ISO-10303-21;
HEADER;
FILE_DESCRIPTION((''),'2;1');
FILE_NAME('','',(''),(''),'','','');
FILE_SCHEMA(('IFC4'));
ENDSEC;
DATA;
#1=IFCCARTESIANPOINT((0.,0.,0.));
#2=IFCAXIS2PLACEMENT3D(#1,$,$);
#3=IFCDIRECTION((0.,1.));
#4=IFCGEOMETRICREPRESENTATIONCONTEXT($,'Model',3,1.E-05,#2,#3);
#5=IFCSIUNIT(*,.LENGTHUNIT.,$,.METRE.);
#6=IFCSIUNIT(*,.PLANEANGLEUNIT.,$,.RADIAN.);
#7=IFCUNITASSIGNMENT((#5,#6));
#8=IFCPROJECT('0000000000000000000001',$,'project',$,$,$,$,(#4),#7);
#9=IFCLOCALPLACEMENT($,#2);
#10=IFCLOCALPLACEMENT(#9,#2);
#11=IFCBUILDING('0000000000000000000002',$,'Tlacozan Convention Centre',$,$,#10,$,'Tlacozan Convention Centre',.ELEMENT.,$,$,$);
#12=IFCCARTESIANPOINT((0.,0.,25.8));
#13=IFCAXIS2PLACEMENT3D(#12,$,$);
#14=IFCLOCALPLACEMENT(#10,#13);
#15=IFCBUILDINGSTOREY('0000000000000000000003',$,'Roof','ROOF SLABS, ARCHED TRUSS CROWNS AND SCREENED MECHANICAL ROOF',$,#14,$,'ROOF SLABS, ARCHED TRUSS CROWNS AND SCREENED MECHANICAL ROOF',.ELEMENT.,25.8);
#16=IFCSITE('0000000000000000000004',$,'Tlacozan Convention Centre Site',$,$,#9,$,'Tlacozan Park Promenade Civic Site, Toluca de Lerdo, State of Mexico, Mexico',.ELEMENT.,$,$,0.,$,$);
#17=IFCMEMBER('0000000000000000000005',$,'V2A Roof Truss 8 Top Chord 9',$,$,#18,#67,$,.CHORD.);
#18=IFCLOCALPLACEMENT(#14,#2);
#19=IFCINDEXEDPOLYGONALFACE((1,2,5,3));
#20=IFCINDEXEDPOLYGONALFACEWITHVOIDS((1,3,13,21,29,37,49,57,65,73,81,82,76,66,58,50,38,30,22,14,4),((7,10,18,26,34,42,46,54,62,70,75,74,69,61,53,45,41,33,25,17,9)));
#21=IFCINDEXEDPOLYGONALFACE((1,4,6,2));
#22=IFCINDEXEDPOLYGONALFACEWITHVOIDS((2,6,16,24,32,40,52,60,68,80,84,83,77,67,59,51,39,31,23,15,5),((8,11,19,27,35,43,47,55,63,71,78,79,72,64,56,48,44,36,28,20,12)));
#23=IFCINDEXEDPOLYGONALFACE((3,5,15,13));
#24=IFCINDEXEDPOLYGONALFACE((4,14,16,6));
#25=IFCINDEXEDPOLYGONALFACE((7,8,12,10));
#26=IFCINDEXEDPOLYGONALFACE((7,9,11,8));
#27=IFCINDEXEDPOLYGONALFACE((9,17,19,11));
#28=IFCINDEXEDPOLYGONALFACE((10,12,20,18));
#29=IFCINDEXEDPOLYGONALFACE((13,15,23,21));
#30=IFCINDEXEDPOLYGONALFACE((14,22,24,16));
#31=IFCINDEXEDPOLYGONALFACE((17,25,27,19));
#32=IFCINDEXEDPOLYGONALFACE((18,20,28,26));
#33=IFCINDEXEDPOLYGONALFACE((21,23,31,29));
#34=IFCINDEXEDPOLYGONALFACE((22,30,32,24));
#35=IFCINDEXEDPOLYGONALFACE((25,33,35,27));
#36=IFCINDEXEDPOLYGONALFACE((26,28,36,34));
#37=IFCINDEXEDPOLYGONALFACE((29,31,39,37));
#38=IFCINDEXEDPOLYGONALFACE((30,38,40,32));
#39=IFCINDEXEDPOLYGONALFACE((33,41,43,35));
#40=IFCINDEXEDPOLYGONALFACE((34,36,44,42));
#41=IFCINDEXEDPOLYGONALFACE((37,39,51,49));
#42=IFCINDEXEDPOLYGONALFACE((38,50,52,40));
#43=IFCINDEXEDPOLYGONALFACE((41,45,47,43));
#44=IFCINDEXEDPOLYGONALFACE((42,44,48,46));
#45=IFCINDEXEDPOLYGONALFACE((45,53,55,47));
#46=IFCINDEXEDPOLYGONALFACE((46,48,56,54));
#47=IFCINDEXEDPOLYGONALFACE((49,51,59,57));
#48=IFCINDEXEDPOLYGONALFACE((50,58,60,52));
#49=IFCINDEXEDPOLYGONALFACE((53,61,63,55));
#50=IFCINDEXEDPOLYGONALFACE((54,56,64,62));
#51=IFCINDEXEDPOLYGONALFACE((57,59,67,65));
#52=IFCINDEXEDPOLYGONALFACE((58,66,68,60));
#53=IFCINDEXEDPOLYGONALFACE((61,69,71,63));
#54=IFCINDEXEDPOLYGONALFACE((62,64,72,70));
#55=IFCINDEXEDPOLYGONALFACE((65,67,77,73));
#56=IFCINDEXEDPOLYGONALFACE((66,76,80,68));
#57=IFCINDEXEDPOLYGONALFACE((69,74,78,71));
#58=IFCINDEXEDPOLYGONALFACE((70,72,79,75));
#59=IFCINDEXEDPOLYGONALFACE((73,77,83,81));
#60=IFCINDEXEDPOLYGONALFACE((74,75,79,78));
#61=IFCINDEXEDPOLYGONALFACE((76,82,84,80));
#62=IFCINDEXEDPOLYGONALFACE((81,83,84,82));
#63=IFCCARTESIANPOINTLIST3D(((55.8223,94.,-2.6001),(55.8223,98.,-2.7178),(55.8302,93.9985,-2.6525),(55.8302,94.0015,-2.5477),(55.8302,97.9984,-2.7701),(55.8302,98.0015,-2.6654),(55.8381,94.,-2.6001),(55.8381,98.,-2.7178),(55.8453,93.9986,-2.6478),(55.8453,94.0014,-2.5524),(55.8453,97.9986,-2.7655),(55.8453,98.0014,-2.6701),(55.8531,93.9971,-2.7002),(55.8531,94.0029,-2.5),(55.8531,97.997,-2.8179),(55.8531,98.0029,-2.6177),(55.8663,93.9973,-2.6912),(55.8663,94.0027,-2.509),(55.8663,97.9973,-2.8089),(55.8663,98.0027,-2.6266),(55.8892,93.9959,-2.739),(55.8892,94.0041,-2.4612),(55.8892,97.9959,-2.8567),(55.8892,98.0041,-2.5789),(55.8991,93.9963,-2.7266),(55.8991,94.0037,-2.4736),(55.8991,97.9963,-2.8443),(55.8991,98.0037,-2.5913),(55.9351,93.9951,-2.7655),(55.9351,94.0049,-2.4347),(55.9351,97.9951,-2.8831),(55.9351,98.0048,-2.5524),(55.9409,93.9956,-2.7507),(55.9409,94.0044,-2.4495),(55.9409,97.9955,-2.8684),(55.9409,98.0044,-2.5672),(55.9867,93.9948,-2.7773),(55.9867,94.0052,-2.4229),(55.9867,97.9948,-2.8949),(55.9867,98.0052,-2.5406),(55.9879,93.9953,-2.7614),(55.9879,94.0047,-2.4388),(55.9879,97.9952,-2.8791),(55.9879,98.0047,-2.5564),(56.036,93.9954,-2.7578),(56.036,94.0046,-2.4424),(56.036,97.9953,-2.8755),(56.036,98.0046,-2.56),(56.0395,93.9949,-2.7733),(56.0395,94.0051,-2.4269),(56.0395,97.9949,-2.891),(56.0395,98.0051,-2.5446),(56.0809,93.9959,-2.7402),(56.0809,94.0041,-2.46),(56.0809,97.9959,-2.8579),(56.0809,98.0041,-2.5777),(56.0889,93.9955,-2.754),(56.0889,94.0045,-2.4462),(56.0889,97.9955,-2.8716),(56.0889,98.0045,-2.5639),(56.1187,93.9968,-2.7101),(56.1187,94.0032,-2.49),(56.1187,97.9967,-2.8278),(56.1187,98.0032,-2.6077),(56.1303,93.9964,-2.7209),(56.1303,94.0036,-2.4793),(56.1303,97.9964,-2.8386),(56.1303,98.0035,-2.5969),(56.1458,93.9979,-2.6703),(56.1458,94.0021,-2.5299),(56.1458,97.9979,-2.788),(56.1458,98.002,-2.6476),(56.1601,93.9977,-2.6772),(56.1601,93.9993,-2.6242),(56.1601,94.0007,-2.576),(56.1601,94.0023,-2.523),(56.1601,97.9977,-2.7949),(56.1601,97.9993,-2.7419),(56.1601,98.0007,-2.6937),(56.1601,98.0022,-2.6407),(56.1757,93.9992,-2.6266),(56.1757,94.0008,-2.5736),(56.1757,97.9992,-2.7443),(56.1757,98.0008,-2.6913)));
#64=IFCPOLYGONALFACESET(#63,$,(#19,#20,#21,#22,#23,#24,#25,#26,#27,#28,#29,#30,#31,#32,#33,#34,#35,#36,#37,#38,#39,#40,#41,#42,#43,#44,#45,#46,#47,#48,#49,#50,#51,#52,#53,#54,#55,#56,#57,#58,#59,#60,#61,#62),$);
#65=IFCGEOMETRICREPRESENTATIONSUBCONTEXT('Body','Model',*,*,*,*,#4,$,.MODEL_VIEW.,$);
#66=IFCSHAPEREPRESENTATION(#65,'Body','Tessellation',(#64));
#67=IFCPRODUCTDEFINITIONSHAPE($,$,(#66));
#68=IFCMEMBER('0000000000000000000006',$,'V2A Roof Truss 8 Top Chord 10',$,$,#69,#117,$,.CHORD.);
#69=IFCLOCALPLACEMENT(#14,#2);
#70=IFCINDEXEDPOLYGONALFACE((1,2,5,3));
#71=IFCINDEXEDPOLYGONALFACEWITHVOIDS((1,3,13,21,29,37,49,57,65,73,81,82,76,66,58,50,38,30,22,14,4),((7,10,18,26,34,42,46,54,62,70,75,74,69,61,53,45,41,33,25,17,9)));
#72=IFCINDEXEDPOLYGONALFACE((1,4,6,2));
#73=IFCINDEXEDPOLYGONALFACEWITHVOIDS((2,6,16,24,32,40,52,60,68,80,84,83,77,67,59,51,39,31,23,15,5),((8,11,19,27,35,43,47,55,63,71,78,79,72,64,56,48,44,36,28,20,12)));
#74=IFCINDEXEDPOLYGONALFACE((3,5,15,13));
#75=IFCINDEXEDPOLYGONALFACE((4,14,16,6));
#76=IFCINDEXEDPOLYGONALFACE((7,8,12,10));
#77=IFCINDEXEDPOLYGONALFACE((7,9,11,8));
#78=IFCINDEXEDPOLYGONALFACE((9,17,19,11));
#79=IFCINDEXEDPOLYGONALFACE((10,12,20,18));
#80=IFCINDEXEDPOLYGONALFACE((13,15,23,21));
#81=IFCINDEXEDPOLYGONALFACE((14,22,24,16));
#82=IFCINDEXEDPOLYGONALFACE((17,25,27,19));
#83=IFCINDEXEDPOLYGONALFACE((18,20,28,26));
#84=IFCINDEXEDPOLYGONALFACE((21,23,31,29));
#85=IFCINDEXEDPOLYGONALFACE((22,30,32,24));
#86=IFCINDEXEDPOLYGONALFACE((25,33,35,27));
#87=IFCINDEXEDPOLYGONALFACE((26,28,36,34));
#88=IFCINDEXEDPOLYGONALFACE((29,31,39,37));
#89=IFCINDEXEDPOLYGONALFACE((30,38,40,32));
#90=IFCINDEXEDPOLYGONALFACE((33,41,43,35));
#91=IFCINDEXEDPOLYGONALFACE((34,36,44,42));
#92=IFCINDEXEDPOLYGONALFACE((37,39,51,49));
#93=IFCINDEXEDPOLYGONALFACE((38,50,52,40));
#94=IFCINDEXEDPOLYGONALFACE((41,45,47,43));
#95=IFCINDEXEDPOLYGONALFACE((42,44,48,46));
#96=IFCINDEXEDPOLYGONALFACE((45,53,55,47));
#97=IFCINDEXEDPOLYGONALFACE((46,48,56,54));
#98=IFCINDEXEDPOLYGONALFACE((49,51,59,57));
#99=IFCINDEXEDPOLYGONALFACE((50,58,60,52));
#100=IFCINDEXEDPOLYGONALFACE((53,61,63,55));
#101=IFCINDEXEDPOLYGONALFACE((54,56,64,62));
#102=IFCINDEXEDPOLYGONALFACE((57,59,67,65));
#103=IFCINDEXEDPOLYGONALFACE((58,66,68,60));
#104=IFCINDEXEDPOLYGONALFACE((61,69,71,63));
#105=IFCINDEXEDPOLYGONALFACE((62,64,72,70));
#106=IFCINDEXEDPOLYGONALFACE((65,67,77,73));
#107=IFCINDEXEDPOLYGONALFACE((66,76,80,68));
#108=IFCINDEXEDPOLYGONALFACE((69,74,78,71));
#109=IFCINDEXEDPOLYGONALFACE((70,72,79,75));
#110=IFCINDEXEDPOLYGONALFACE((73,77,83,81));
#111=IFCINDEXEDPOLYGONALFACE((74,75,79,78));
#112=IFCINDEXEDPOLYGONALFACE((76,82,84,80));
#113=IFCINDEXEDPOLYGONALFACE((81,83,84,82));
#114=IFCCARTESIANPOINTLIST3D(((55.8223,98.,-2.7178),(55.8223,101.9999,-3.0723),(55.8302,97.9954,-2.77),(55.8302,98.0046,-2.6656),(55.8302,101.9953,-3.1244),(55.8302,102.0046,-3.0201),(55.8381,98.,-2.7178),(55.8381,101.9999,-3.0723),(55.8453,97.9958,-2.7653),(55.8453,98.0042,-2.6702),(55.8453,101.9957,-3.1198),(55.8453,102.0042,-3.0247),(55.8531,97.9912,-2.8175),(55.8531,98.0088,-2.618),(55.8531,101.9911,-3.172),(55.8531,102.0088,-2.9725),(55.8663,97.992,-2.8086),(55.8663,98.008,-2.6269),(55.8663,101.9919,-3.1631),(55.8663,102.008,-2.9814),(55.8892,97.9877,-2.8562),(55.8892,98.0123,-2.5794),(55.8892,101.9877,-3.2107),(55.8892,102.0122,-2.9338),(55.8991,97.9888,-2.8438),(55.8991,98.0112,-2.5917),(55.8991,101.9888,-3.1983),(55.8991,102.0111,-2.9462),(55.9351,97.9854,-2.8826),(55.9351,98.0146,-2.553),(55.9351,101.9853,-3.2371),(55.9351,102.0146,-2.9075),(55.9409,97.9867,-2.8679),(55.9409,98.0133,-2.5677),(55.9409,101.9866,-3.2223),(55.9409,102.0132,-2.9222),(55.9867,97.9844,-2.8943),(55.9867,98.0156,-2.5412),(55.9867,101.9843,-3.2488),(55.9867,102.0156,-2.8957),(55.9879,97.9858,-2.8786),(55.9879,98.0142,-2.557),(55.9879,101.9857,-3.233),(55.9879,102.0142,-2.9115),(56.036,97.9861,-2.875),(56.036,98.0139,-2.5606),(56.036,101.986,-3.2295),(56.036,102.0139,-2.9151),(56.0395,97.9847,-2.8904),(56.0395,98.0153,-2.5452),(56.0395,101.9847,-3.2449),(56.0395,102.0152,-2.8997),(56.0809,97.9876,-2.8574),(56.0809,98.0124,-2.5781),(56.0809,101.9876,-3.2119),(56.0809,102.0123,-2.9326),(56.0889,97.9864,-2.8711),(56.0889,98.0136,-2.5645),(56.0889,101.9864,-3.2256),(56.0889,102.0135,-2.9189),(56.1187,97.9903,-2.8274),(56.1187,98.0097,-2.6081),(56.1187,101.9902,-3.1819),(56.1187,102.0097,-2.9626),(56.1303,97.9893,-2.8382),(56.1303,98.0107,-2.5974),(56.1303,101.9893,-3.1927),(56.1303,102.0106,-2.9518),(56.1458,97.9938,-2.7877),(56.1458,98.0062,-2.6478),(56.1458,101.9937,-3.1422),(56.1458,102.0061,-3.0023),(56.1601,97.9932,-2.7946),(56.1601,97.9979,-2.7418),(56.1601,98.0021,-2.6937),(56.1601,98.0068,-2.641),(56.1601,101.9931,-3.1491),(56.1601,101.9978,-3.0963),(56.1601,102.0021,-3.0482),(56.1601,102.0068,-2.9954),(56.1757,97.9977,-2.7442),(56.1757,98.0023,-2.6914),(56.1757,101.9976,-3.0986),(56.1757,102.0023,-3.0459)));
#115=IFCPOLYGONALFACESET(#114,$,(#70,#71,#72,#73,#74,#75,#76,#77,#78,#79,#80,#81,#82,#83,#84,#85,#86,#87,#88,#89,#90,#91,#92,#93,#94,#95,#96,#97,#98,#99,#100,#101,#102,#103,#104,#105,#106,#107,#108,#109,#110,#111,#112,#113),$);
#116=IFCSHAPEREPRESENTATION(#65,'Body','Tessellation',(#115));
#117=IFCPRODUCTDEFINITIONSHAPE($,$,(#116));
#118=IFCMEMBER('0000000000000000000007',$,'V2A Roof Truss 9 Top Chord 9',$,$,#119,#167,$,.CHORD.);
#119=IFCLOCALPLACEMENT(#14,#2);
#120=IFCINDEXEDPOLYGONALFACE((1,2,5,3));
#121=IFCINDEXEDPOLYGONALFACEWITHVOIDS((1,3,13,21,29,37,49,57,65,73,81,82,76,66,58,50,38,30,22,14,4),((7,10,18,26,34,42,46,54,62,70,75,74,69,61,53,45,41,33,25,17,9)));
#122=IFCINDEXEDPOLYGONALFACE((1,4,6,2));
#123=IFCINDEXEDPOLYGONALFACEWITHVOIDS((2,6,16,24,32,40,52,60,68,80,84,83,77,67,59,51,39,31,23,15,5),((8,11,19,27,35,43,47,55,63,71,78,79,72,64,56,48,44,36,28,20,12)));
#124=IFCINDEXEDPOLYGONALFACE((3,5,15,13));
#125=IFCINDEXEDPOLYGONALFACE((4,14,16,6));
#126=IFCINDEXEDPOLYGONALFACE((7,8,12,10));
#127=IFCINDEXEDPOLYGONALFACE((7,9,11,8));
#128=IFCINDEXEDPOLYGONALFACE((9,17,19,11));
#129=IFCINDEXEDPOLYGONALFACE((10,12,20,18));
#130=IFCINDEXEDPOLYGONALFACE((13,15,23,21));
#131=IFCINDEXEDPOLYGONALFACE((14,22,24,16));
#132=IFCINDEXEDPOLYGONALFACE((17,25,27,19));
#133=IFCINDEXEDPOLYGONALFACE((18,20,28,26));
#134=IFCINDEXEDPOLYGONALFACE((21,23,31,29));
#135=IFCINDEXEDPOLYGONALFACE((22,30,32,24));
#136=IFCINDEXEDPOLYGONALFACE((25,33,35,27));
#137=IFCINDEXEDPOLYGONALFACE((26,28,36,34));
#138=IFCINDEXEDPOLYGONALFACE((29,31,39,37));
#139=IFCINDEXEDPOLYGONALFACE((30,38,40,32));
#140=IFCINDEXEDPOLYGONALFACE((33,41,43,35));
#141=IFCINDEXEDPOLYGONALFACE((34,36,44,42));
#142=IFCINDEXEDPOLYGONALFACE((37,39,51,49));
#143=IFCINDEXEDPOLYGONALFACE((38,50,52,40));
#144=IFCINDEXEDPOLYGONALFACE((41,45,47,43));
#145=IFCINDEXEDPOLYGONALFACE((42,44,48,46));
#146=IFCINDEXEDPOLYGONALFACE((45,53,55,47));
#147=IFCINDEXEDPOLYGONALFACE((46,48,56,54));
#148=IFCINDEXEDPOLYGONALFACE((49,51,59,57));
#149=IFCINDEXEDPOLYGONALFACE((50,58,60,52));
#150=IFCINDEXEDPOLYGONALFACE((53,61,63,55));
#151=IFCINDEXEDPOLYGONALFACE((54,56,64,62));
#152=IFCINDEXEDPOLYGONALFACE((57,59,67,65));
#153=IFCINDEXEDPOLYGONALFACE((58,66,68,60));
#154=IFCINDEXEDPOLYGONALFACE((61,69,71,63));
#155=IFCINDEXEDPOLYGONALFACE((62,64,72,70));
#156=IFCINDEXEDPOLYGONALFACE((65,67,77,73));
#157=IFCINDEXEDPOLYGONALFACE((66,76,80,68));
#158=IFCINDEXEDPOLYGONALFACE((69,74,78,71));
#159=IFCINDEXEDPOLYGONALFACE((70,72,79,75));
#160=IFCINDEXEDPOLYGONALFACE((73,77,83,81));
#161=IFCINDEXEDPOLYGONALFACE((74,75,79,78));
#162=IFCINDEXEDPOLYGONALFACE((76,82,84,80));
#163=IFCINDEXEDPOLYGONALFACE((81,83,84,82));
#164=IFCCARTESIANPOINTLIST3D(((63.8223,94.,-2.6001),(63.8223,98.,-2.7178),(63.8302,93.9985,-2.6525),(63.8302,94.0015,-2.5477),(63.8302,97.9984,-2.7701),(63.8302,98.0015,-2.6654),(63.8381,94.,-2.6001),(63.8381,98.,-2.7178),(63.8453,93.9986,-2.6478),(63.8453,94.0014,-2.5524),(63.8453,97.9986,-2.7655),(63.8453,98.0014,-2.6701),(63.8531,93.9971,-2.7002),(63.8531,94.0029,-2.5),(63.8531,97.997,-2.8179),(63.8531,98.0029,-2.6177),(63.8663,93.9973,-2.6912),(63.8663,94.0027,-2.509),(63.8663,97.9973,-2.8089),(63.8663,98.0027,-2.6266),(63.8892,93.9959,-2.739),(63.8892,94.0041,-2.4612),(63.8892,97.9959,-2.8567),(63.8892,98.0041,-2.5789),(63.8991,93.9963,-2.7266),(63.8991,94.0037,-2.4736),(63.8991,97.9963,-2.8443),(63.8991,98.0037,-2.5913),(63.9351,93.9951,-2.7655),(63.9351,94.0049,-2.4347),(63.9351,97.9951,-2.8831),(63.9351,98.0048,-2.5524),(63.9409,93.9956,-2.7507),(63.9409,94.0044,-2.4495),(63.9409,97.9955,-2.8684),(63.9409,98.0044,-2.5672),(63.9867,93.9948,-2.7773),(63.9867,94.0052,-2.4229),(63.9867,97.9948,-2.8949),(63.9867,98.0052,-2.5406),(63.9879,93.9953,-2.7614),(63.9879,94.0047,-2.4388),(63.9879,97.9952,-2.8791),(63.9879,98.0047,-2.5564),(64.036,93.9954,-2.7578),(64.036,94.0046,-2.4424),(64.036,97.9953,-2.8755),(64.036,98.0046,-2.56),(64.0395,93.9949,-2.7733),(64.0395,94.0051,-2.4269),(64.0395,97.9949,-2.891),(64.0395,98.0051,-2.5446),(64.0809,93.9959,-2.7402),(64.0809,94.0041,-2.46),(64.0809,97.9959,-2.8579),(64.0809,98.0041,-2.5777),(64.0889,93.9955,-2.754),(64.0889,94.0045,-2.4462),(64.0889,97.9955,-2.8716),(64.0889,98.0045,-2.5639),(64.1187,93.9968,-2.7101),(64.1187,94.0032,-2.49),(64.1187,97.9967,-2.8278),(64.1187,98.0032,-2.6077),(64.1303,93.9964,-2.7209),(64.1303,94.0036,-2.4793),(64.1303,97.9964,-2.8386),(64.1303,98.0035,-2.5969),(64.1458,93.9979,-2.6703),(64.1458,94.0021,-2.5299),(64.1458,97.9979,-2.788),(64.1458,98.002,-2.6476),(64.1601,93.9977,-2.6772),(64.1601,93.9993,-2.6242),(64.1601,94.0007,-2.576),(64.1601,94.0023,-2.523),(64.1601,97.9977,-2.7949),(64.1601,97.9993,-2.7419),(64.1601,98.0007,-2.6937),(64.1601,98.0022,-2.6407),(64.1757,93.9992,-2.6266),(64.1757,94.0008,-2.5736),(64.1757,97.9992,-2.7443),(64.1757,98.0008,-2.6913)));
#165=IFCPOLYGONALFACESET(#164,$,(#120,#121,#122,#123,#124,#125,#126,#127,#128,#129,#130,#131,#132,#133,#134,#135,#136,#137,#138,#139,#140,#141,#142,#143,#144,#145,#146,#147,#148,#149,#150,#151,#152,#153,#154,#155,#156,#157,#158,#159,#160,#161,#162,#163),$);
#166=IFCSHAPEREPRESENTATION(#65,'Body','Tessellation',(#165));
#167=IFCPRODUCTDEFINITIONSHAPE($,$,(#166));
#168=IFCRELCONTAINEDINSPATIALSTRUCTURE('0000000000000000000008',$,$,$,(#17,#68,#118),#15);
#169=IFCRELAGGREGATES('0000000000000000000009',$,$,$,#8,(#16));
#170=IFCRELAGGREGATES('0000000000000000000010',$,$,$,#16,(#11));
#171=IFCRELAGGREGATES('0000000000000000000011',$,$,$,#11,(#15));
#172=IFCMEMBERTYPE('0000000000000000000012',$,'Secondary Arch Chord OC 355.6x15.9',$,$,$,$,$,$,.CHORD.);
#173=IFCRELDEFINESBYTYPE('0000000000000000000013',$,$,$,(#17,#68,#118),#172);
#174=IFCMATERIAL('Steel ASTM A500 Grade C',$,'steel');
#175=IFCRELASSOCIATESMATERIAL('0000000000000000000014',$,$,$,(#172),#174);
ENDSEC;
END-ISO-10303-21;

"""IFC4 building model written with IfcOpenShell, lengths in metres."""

from ifc_helpers import new_model, si_unit, direction, frame, origin, origin_2d, place, context, subcontext, project, spatial, hollow_circle, extrude, material, material_profile, profile_set, type_object, element, save


model = new_model("IFC4")

# Units and contexts
model_context = context("Model", 3, precision=1e-05, world=origin(), true_north=direction((0.0, 1.0)))
body_context = subcontext(model_context, "Body", "Model", "MODEL_VIEW")
ifc_project = project(units=[si_unit("LENGTHUNIT", "METRE"), si_unit("PLANEANGLEUNIT", "RADIAN")], contexts=[model_context])

# Site, building, storey
site_placement = place(None, origin())
site = spatial("IfcSite", under=ifc_project, at=site_placement, Name="Tlacozan Convention Centre Site", LongName="Tlacozan Park Promenade Civic Site, Toluca de Lerdo, State of Mexico, Mexico", CompositionType="ELEMENT", RefElevation=0.0)
building_placement = place(site_placement, origin())
building = spatial("IfcBuilding", under=site, at=building_placement, Name="Tlacozan Convention Centre", LongName="Tlacozan Convention Centre", CompositionType="ELEMENT")
storey_placement = place(building_placement, frame((0.0, 0.0, 25.8)))
storey = spatial("IfcBuildingStorey", under=building, at=storey_placement, Name="Roof", Description="ROOF SLABS, ARCHED TRUSS CROWNS AND SCREENED MECHANICAL ROOF", LongName="ROOF SLABS, ARCHED TRUSS CROWNS AND SCREENED MECHANICAL ROOF", CompositionType="ELEMENT", Elevation=25.8)

# Members
ifc_material_1 = material(Name="Steel ASTM A500 Grade C", Category="steel")
ifc_material_profile_1 = material_profile(ifc_material_1, hollow_circle(Radius=0.1777, WallThickness=0.0159, at=origin_2d()), Name="OC 355.6x15.9")
ifc_profile_set_1 = profile_set([ifc_material_profile_1], Name="Steel ASTM A500 Grade C")
member_type_1 = type_object("IfcMemberType", Name="Secondary Arch Chord OC 355.6x15.9", PredefinedType="CHORD", material=ifc_profile_set_1)
member_1_placement = place(storey_placement, frame((56.0, 94.0, -2.6001), z_axis=(0.0, 0.999568, -0.029406), x_axis=(-1.0, 0.0, 0.0)))
element("IfcMember", 1, at=member_1_placement, inside=storey, type_object=member_type_1, Name="V2A Roof Truss 8 Top Chord 9", PredefinedType="CHORD", context=body_context, shape_type="SweptSolid", body=[
    extrude(hollow_circle(Radius=0.1777, WallThickness=0.0159, at=origin_2d()), origin(), (0.0, 0.0, 1.0), 4.0017),
])
member_2_placement = place(storey_placement, frame((56.0, 98.0, -2.7178), z_axis=(0.0, 0.996096, -0.088277), x_axis=(-1.0, 0.0, 0.0)))
element("IfcMember", 2, at=member_2_placement, inside=storey, type_object=member_type_1, Name="V2A Roof Truss 8 Top Chord 10", PredefinedType="CHORD", context=body_context, shape_type="SweptSolid", body=[
    extrude(hollow_circle(Radius=0.1777, WallThickness=0.0159, at=origin_2d()), origin(), (0.0, 0.0, 1.0), 4.0156),
])
member_3_placement = place(storey_placement, frame((64.0, 94.0, -2.6001), z_axis=(0.0, 0.999568, -0.029406), x_axis=(-1.0, 0.0, 0.0)))
element("IfcMember", 3, at=member_3_placement, inside=storey, type_object=member_type_1, Name="V2A Roof Truss 9 Top Chord 9", PredefinedType="CHORD", context=body_context, shape_type="SweptSolid", body=[
    extrude(hollow_circle(Radius=0.1777, WallThickness=0.0159, at=origin_2d()), origin(), (0.0, 0.0, 1.0), 4.0017),
])

save(model, "model.ifc")
